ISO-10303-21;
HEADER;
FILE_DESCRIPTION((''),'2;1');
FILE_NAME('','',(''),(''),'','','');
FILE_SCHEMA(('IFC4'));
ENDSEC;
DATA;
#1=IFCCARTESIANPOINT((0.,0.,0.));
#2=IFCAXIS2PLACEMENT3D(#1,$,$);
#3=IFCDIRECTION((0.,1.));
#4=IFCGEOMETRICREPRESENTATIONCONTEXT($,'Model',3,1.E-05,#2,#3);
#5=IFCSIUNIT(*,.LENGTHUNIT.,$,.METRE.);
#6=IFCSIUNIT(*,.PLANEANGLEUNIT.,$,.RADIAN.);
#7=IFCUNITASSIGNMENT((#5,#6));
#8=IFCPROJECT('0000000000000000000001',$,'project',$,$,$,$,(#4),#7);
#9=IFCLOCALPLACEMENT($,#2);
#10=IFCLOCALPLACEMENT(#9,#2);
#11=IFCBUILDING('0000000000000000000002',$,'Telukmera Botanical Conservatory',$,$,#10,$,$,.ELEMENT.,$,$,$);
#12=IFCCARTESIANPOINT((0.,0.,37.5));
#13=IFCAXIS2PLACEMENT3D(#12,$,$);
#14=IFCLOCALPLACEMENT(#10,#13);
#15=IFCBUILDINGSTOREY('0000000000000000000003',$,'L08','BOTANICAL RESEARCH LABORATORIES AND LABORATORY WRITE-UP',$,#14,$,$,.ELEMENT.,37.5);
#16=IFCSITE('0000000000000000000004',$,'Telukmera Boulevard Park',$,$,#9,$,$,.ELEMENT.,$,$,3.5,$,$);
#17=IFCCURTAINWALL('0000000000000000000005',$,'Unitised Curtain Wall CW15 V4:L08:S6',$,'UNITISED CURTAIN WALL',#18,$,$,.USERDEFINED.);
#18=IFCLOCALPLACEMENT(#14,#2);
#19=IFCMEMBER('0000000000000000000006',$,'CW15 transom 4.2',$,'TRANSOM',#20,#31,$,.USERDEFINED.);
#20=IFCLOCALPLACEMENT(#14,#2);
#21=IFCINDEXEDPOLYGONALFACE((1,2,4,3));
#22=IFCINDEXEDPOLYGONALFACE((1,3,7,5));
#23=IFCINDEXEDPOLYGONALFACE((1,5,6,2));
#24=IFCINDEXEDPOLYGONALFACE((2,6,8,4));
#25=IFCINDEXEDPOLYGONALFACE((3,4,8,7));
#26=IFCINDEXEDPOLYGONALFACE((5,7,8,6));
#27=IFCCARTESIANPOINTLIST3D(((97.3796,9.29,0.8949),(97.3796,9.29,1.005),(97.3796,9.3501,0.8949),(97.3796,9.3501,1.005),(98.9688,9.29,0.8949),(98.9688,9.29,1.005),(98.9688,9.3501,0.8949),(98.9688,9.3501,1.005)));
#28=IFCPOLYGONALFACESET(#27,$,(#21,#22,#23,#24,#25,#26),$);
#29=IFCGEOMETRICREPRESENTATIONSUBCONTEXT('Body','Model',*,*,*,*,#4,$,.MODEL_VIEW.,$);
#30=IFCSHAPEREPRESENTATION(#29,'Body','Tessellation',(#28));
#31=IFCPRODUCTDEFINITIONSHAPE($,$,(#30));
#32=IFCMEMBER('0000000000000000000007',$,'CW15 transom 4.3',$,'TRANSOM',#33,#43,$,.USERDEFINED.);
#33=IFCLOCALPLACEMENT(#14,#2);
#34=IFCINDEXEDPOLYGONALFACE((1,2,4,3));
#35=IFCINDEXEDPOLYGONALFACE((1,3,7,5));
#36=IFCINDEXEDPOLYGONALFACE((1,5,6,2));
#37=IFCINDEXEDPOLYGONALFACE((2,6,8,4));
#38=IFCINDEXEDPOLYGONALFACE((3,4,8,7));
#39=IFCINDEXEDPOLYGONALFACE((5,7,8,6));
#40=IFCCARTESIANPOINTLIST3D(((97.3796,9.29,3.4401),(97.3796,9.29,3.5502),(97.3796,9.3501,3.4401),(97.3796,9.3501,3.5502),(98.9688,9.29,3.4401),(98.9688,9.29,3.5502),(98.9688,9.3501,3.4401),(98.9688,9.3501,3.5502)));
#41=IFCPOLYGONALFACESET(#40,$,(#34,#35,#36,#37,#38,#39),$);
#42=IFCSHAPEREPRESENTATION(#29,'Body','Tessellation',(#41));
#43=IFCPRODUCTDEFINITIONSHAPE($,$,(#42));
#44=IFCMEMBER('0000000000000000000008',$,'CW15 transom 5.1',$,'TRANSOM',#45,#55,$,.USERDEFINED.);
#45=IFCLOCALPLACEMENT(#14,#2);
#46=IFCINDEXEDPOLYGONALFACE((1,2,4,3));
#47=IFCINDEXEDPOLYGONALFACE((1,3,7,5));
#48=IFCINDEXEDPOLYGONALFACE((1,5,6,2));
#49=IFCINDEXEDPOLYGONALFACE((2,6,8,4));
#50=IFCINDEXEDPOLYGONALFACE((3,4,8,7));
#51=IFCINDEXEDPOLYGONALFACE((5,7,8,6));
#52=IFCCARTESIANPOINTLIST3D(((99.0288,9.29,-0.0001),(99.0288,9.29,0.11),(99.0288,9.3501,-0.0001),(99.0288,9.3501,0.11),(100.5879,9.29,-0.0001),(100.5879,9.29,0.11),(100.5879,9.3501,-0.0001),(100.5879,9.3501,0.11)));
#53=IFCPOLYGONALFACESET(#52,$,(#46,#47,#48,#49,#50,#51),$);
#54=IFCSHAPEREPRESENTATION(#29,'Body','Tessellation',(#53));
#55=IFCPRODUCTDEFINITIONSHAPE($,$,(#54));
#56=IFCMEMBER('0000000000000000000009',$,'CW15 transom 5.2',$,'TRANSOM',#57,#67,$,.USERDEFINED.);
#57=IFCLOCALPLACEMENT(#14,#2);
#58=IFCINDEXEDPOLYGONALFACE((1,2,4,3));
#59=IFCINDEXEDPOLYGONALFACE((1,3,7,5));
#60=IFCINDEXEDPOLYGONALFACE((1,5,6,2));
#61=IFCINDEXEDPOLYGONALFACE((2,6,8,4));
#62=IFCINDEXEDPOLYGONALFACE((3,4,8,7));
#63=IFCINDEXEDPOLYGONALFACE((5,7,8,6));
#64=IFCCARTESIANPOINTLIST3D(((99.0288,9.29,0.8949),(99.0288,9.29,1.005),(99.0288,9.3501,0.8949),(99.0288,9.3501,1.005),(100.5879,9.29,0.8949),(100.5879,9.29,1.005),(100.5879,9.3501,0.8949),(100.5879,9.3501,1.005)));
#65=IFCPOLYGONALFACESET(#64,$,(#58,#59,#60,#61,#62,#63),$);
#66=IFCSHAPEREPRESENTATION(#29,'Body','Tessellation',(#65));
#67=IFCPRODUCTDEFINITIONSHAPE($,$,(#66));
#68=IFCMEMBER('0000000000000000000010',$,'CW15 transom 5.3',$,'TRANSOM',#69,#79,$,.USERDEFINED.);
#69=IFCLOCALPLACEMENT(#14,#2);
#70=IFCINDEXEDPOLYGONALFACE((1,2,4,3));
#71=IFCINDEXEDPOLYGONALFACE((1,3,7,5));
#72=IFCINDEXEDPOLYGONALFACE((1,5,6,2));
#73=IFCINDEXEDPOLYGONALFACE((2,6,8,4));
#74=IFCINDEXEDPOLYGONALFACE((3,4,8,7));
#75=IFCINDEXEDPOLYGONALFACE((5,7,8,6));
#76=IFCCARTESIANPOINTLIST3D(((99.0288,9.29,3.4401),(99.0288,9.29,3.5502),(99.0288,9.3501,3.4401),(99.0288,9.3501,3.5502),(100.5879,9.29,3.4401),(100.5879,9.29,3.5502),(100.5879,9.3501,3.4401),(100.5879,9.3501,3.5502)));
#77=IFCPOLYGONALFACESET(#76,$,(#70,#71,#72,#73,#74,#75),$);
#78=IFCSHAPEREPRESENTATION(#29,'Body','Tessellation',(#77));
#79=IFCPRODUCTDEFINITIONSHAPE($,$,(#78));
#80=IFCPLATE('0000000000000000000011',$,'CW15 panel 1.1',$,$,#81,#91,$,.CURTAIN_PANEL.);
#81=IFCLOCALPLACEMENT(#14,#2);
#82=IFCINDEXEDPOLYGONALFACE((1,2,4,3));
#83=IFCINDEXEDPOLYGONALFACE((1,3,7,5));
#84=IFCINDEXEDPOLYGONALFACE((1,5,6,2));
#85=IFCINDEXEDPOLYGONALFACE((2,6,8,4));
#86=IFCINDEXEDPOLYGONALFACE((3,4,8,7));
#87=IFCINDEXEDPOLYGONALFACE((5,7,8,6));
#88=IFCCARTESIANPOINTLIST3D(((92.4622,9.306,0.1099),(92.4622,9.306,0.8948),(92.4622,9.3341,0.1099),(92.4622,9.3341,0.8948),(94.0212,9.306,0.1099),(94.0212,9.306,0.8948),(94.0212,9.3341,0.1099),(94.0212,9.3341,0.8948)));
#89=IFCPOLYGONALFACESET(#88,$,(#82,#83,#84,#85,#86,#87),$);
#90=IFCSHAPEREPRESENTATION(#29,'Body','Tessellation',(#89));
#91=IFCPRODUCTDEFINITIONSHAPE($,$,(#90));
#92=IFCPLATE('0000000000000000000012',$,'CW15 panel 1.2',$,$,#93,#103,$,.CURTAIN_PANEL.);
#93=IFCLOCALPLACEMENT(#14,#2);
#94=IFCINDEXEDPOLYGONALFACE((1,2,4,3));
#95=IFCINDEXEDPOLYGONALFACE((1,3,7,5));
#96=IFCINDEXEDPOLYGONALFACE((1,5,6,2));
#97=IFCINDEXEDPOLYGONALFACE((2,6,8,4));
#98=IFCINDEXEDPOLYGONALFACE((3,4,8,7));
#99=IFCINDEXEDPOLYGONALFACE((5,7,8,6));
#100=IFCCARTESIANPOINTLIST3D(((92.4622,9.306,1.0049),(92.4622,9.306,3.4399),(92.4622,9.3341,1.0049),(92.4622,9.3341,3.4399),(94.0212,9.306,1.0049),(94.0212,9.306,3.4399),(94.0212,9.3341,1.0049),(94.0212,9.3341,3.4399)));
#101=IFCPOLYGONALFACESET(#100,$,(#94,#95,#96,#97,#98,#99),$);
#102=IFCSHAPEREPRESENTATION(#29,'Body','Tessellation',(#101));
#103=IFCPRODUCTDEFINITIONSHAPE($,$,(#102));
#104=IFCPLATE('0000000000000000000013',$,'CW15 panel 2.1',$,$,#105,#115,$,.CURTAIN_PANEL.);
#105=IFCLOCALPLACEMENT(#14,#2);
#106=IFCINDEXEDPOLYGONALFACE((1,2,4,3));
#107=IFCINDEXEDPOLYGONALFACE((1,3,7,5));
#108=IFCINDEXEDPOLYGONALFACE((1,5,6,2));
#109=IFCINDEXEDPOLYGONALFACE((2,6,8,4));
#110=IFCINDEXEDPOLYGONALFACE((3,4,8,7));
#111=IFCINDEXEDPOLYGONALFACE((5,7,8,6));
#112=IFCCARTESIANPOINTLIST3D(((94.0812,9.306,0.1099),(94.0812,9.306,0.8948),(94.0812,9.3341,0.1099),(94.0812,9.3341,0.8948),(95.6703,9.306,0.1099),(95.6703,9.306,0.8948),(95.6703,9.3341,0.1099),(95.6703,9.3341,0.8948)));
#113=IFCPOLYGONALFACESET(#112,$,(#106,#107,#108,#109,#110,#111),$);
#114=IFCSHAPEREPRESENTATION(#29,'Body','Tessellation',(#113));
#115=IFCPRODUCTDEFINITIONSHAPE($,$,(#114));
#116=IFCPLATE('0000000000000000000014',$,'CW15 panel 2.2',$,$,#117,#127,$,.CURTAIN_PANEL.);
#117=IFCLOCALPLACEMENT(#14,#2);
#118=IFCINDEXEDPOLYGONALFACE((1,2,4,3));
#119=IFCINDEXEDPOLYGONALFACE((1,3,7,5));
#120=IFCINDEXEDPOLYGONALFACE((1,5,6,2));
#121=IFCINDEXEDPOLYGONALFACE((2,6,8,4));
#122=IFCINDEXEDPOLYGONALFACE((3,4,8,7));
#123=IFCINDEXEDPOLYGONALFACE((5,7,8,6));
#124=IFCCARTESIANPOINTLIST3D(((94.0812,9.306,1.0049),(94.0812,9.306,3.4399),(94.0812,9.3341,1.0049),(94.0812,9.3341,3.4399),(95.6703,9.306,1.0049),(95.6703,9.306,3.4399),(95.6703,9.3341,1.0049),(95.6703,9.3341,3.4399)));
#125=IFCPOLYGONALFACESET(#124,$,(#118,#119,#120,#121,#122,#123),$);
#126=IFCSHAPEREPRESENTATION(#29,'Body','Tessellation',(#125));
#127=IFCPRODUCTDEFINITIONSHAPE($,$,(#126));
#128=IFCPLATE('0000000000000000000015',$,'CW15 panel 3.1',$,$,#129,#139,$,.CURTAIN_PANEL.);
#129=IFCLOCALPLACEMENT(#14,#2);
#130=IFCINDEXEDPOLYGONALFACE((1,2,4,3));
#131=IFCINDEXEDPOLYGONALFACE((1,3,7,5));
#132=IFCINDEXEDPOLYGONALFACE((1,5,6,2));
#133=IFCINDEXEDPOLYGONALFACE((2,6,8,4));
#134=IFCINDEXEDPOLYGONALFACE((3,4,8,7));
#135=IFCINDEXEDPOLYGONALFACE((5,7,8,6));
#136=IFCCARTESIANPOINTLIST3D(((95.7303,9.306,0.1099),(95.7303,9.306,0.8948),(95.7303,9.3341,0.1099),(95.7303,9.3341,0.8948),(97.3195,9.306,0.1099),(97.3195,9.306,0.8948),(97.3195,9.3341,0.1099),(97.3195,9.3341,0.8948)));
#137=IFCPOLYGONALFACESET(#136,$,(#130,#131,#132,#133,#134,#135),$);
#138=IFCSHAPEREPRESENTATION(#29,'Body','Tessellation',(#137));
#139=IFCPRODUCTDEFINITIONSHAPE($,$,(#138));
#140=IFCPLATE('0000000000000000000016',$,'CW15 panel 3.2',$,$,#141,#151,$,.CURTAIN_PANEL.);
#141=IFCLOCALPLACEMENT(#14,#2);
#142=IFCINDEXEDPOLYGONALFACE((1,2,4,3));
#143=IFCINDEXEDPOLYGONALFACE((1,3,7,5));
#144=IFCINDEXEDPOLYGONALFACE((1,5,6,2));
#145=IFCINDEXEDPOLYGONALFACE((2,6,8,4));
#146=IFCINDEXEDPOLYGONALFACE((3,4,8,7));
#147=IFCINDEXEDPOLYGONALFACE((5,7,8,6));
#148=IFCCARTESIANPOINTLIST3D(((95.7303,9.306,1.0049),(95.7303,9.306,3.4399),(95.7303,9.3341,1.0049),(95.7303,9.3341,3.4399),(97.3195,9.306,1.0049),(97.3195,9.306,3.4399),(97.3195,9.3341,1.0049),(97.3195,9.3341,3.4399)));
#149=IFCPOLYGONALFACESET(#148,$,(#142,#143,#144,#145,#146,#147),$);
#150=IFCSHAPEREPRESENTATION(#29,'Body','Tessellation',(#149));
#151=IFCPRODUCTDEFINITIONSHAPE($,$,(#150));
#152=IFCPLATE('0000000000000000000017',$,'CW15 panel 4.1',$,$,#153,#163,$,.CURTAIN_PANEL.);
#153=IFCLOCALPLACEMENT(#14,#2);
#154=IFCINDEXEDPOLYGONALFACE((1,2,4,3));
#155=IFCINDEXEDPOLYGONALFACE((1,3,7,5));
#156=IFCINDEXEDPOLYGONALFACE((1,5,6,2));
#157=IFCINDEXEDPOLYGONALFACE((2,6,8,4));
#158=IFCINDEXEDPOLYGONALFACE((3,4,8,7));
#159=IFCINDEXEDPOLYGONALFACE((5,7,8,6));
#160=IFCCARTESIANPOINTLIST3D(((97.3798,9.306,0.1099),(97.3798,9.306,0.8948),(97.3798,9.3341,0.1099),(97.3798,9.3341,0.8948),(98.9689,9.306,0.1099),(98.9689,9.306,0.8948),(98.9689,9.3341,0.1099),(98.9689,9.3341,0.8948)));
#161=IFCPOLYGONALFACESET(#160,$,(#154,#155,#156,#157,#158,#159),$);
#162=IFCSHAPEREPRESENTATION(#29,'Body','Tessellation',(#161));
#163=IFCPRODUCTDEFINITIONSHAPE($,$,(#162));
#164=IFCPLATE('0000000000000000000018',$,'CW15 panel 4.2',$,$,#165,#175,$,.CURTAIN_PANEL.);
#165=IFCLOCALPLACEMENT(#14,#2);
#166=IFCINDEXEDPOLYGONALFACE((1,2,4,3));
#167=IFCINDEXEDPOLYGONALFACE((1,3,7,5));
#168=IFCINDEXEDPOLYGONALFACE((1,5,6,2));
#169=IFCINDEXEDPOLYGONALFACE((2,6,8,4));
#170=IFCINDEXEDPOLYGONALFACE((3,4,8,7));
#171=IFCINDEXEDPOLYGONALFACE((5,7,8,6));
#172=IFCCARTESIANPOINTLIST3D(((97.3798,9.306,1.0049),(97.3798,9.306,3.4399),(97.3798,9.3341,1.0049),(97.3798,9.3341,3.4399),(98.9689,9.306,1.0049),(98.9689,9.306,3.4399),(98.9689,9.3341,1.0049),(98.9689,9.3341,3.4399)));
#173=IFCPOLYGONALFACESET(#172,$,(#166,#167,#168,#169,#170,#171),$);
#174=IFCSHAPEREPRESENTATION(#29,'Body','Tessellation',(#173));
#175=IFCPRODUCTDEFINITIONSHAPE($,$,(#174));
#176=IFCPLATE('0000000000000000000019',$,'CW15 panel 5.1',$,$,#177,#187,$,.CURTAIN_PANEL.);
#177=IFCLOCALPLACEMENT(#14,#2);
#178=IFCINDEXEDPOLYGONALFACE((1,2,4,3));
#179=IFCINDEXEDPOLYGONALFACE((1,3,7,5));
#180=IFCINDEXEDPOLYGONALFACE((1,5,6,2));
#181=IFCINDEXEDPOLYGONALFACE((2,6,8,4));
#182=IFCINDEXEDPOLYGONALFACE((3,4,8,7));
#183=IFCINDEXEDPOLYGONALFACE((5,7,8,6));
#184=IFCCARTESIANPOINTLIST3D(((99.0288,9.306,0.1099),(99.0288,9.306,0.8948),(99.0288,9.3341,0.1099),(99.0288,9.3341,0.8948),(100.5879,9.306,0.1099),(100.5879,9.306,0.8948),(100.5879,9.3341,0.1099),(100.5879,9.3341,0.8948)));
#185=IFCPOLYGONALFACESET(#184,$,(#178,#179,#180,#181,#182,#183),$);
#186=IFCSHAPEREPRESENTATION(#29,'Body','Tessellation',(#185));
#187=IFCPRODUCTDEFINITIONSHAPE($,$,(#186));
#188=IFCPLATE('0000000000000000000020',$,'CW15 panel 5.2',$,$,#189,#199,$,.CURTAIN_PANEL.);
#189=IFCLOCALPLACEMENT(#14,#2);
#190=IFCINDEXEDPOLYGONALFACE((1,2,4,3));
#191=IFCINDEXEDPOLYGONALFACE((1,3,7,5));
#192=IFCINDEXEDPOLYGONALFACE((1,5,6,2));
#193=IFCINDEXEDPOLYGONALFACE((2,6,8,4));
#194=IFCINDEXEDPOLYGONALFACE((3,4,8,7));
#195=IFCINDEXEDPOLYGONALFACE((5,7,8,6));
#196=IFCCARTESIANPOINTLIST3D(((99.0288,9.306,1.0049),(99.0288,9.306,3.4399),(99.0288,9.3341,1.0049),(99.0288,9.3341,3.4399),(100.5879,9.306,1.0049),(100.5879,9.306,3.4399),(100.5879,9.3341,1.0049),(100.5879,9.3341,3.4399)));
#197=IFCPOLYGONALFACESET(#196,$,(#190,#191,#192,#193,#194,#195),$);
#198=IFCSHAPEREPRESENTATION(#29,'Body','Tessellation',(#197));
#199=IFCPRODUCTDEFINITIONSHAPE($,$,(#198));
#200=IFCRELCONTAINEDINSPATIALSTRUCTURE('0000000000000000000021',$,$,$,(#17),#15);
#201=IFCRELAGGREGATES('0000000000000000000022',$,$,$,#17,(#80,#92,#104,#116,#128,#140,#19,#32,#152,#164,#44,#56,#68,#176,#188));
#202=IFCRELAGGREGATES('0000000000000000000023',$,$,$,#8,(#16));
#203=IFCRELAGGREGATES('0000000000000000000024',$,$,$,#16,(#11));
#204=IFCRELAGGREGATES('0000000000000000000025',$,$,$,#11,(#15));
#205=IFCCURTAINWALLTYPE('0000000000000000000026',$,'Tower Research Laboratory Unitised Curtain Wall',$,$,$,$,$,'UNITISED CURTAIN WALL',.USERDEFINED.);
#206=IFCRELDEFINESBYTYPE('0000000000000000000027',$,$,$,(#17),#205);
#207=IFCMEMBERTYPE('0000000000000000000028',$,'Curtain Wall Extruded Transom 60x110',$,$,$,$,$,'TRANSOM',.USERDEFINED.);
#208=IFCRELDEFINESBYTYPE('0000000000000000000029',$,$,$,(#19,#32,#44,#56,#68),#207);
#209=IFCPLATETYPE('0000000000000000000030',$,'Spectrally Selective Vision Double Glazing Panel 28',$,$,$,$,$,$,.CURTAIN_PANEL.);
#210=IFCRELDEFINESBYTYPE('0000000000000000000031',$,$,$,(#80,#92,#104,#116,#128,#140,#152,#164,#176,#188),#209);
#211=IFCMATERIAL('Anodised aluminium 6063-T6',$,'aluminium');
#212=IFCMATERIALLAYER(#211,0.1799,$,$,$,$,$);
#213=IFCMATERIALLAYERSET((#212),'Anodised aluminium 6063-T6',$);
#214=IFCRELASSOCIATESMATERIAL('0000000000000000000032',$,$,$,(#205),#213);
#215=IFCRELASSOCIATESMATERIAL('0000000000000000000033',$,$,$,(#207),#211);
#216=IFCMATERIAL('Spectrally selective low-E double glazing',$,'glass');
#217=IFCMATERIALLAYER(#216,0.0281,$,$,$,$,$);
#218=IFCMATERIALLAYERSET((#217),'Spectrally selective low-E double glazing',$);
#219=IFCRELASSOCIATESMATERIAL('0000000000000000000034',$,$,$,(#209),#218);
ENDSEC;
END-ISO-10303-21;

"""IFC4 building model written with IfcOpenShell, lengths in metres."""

from ifc_helpers import new_model, si_unit, direction, frame, origin, origin_2d, place, context, subcontext, project, spatial, rectangle, extrude, material, layer, layer_set, material_profile, profile_set, type_object, element, aggregate, save


model = new_model("IFC4")

# Units and contexts
model_context = context("Model", 3, precision=1e-05, world=origin(), true_north=direction((0.0, 1.0)))
body_context = subcontext(model_context, "Body", "Model", "MODEL_VIEW")
ifc_project = project(units=[si_unit("LENGTHUNIT", "METRE"), si_unit("PLANEANGLEUNIT", "RADIAN")], contexts=[model_context])

# Site, building, storey
site_placement = place(None, origin())
site = spatial("IfcSite", under=ifc_project, at=site_placement, Name="Telukmera Boulevard Park", CompositionType="ELEMENT", RefElevation=3.5)
building_placement = place(site_placement, origin())
building = spatial("IfcBuilding", under=site, at=building_placement, Name="Telukmera Botanical Conservatory", CompositionType="ELEMENT")
storey_placement = place(building_placement, frame((0.0, 0.0, 37.5)))
storey = spatial("IfcBuildingStorey", under=building, at=storey_placement, Name="L08", Description="BOTANICAL RESEARCH LABORATORIES AND LABORATORY WRITE-UP", CompositionType="ELEMENT", Elevation=37.5)

# Curtain wall, members, plates
ifc_material_1 = material(Name="Anodised aluminium 6063-T6", Category="aluminium")
ifc_layer_1 = layer(ifc_material_1, 0.1799)
ifc_layer_set_1 = layer_set([ifc_layer_1], Name="Anodised aluminium 6063-T6")
curtain_wall_type = type_object("IfcCurtainWallType", Name="Tower Research Laboratory Unitised Curtain Wall", ElementType="UNITISED CURTAIN WALL", PredefinedType="USERDEFINED", material=ifc_layer_set_1)
curtain_wall_placement = place(storey_placement, origin())
curtain_wall = element("IfcCurtainWall", 1, at=curtain_wall_placement, inside=storey, type_object=curtain_wall_type, Name="Unitised Curtain Wall CW15 V4:L08:S6", ObjectType="UNITISED CURTAIN WALL", PredefinedType="USERDEFINED")
ifc_material_profile_1 = material_profile(ifc_material_1, rectangle(XDim=0.0601, YDim=0.1101, at=origin_2d()), Name="ALU TRAN 60x110")
ifc_profile_set_1 = profile_set([ifc_material_profile_1], Name="Anodised aluminium 6063-T6")
member_type_1 = type_object("IfcMemberType", Name="Curtain Wall Extruded Transom 60x110", ElementType="TRANSOM", PredefinedType="USERDEFINED", material=ifc_profile_set_1)
member_1_placement = place(storey_placement, frame((97.3796, 9.3201, 0.95), z_axis=(1.0, 0.0, 0.0), x_axis=(0.0, 1.0, 0.0)))
member_1 = element("IfcMember", 2, at=member_1_placement, type_object=member_type_1, Name="CW15 transom 4.2", ObjectType="TRANSOM", PredefinedType="USERDEFINED", context=body_context, shape_type="SweptSolid", body=[
    extrude(rectangle(XDim=0.0601, YDim=0.1101, at=origin_2d()), origin(), (0.0, 0.0, 1.0), 1.5891),
])
member_2_placement = place(storey_placement, frame((97.3796, 9.3201, 3.4951), z_axis=(1.0, 0.0, 0.0), x_axis=(0.0, 1.0, 0.0)))
member_2 = element("IfcMember", 3, at=member_2_placement, type_object=member_type_1, Name="CW15 transom 4.3", ObjectType="TRANSOM", PredefinedType="USERDEFINED", context=body_context, shape_type="SweptSolid", body=[
    extrude(rectangle(XDim=0.0601, YDim=0.1101, at=origin_2d()), origin(), (0.0, 0.0, 1.0), 1.5891),
])
member_3_placement = place(storey_placement, frame((99.0288, 9.3201, 0.0549), z_axis=(1.0, 0.0, 0.0), x_axis=(0.0, 1.0, 0.0)))
member_3 = element("IfcMember", 4, at=member_3_placement, type_object=member_type_1, Name="CW15 transom 5.1", ObjectType="TRANSOM", PredefinedType="USERDEFINED", context=body_context, shape_type="SweptSolid", body=[
    extrude(rectangle(XDim=0.0601, YDim=0.1101, at=origin_2d()), origin(), (0.0, 0.0, 1.0), 1.5591),
])
member_4_placement = place(storey_placement, frame((99.0288, 9.3201, 0.95), z_axis=(1.0, 0.0, 0.0), x_axis=(0.0, 1.0, 0.0)))
member_4 = element("IfcMember", 5, at=member_4_placement, type_object=member_type_1, Name="CW15 transom 5.2", ObjectType="TRANSOM", PredefinedType="USERDEFINED", context=body_context, shape_type="SweptSolid", body=[
    extrude(rectangle(XDim=0.0601, YDim=0.1101, at=origin_2d()), origin(), (0.0, 0.0, 1.0), 1.5591),
])
member_5_placement = place(storey_placement, frame((99.0288, 9.3201, 3.4951), z_axis=(1.0, 0.0, 0.0), x_axis=(0.0, 1.0, 0.0)))
member_5 = element("IfcMember", 6, at=member_5_placement, type_object=member_type_1, Name="CW15 transom 5.3", ObjectType="TRANSOM", PredefinedType="USERDEFINED", context=body_context, shape_type="SweptSolid", body=[
    extrude(rectangle(XDim=0.0601, YDim=0.1101, at=origin_2d()), origin(), (0.0, 0.0, 1.0), 1.5591),
])
ifc_material_2 = material(Name="Spectrally selective low-E double glazing", Category="glass")
ifc_layer_2 = layer(ifc_material_2, 0.0281)
ifc_layer_set_2 = layer_set([ifc_layer_2], Name="Spectrally selective low-E double glazing")
plate_type = type_object("IfcPlateType", Name="Spectrally Selective Vision Double Glazing Panel 28", PredefinedType="CURTAIN_PANEL", material=ifc_layer_set_2)
plate_1_placement = place(storey_placement, frame((93.2417, 9.3201, 0.1099), z_axis=(0.0, 0.0, 1.0), x_axis=(1.0, 0.0, 0.0)))
plate_1 = element("IfcPlate", 7, at=plate_1_placement, type_object=plate_type, Name="CW15 panel 1.1", PredefinedType="CURTAIN_PANEL", context=body_context, shape_type="SweptSolid", body=[
    extrude(rectangle(XDim=1.5591, YDim=0.0281, at=origin_2d()), origin(), (0.0, 0.0, 1.0), 0.7849),
])
plate_2_placement = place(storey_placement, frame((93.2417, 9.3201, 1.0049), z_axis=(0.0, 0.0, 1.0), x_axis=(1.0, 0.0, 0.0)))
plate_2 = element("IfcPlate", 8, at=plate_2_placement, type_object=plate_type, Name="CW15 panel 1.2", PredefinedType="CURTAIN_PANEL", context=body_context, shape_type="SweptSolid", body=[
    extrude(rectangle(XDim=1.5591, YDim=0.0281, at=origin_2d()), origin(), (0.0, 0.0, 1.0), 2.4351),
])
plate_3_placement = place(storey_placement, frame((94.8757, 9.3201, 0.1099), z_axis=(0.0, 0.0, 1.0), x_axis=(1.0, 0.0, 0.0)))
plate_3 = element("IfcPlate", 9, at=plate_3_placement, type_object=plate_type, Name="CW15 panel 2.1", PredefinedType="CURTAIN_PANEL", context=body_context, shape_type="SweptSolid", body=[
    extrude(rectangle(XDim=1.5891, YDim=0.0281, at=origin_2d()), origin(), (0.0, 0.0, 1.0), 0.7849),
])
plate_4_placement = place(storey_placement, frame((94.8757, 9.3201, 1.0049), z_axis=(0.0, 0.0, 1.0), x_axis=(1.0, 0.0, 0.0)))
plate_4 = element("IfcPlate", 10, at=plate_4_placement, type_object=plate_type, Name="CW15 panel 2.2", PredefinedType="CURTAIN_PANEL", context=body_context, shape_type="SweptSolid", body=[
    extrude(rectangle(XDim=1.5891, YDim=0.0281, at=origin_2d()), origin(), (0.0, 0.0, 1.0), 2.4351),
])
plate_5_placement = place(storey_placement, frame((96.5249, 9.3201, 0.1099), z_axis=(0.0, 0.0, 1.0), x_axis=(1.0, 0.0, 0.0)))
plate_5 = element("IfcPlate", 11, at=plate_5_placement, type_object=plate_type, Name="CW15 panel 3.1", PredefinedType="CURTAIN_PANEL", context=body_context, shape_type="SweptSolid", body=[
    extrude(rectangle(XDim=1.5891, YDim=0.0281, at=origin_2d()), origin(), (0.0, 0.0, 1.0), 0.7849),
])
plate_6_placement = place(storey_placement, frame((96.5249, 9.3201, 1.0049), z_axis=(0.0, 0.0, 1.0), x_axis=(1.0, 0.0, 0.0)))
plate_6 = element("IfcPlate", 12, at=plate_6_placement, type_object=plate_type, Name="CW15 panel 3.2", PredefinedType="CURTAIN_PANEL", context=body_context, shape_type="SweptSolid", body=[
    extrude(rectangle(XDim=1.5891, YDim=0.0281, at=origin_2d()), origin(), (0.0, 0.0, 1.0), 2.4351),
])
plate_7_placement = place(storey_placement, frame((98.1743, 9.3201, 0.1099), z_axis=(0.0, 0.0, 1.0), x_axis=(1.0, 0.0, 0.0)))
plate_7 = element("IfcPlate", 13, at=plate_7_placement, type_object=plate_type, Name="CW15 panel 4.1", PredefinedType="CURTAIN_PANEL", context=body_context, shape_type="SweptSolid", body=[
    extrude(rectangle(XDim=1.5891, YDim=0.0281, at=origin_2d()), origin(), (0.0, 0.0, 1.0), 0.7849),
])
plate_8_placement = place(storey_placement, frame((98.1743, 9.3201, 1.0049), z_axis=(0.0, 0.0, 1.0), x_axis=(1.0, 0.0, 0.0)))
plate_8 = element("IfcPlate", 14, at=plate_8_placement, type_object=plate_type, Name="CW15 panel 4.2", PredefinedType="CURTAIN_PANEL", context=body_context, shape_type="SweptSolid", body=[
    extrude(rectangle(XDim=1.5891, YDim=0.0281, at=origin_2d()), origin(), (0.0, 0.0, 1.0), 2.4351),
])
plate_9_placement = place(storey_placement, frame((99.8083, 9.3201, 0.1099), z_axis=(0.0, 0.0, 1.0), x_axis=(1.0, 0.0, 0.0)))
plate_9 = element("IfcPlate", 15, at=plate_9_placement, type_object=plate_type, Name="CW15 panel 5.1", PredefinedType="CURTAIN_PANEL", context=body_context, shape_type="SweptSolid", body=[
    extrude(rectangle(XDim=1.5591, YDim=0.0281, at=origin_2d()), origin(), (0.0, 0.0, 1.0), 0.7849),
])
plate_10_placement = place(storey_placement, frame((99.8083, 9.3201, 1.0049), z_axis=(0.0, 0.0, 1.0), x_axis=(1.0, 0.0, 0.0)))
plate_10 = element("IfcPlate", 16, at=plate_10_placement, type_object=plate_type, Name="CW15 panel 5.2", PredefinedType="CURTAIN_PANEL", context=body_context, shape_type="SweptSolid", body=[
    extrude(rectangle(XDim=1.5591, YDim=0.0281, at=origin_2d()), origin(), (0.0, 0.0, 1.0), 2.4351),
])
aggregate(curtain_wall, [plate_1, plate_2, plate_3, plate_4, plate_5, plate_6, member_1, member_2, plate_7, plate_8, member_3, member_4, member_5, plate_9, plate_10])

save(model, "model.ifc")
